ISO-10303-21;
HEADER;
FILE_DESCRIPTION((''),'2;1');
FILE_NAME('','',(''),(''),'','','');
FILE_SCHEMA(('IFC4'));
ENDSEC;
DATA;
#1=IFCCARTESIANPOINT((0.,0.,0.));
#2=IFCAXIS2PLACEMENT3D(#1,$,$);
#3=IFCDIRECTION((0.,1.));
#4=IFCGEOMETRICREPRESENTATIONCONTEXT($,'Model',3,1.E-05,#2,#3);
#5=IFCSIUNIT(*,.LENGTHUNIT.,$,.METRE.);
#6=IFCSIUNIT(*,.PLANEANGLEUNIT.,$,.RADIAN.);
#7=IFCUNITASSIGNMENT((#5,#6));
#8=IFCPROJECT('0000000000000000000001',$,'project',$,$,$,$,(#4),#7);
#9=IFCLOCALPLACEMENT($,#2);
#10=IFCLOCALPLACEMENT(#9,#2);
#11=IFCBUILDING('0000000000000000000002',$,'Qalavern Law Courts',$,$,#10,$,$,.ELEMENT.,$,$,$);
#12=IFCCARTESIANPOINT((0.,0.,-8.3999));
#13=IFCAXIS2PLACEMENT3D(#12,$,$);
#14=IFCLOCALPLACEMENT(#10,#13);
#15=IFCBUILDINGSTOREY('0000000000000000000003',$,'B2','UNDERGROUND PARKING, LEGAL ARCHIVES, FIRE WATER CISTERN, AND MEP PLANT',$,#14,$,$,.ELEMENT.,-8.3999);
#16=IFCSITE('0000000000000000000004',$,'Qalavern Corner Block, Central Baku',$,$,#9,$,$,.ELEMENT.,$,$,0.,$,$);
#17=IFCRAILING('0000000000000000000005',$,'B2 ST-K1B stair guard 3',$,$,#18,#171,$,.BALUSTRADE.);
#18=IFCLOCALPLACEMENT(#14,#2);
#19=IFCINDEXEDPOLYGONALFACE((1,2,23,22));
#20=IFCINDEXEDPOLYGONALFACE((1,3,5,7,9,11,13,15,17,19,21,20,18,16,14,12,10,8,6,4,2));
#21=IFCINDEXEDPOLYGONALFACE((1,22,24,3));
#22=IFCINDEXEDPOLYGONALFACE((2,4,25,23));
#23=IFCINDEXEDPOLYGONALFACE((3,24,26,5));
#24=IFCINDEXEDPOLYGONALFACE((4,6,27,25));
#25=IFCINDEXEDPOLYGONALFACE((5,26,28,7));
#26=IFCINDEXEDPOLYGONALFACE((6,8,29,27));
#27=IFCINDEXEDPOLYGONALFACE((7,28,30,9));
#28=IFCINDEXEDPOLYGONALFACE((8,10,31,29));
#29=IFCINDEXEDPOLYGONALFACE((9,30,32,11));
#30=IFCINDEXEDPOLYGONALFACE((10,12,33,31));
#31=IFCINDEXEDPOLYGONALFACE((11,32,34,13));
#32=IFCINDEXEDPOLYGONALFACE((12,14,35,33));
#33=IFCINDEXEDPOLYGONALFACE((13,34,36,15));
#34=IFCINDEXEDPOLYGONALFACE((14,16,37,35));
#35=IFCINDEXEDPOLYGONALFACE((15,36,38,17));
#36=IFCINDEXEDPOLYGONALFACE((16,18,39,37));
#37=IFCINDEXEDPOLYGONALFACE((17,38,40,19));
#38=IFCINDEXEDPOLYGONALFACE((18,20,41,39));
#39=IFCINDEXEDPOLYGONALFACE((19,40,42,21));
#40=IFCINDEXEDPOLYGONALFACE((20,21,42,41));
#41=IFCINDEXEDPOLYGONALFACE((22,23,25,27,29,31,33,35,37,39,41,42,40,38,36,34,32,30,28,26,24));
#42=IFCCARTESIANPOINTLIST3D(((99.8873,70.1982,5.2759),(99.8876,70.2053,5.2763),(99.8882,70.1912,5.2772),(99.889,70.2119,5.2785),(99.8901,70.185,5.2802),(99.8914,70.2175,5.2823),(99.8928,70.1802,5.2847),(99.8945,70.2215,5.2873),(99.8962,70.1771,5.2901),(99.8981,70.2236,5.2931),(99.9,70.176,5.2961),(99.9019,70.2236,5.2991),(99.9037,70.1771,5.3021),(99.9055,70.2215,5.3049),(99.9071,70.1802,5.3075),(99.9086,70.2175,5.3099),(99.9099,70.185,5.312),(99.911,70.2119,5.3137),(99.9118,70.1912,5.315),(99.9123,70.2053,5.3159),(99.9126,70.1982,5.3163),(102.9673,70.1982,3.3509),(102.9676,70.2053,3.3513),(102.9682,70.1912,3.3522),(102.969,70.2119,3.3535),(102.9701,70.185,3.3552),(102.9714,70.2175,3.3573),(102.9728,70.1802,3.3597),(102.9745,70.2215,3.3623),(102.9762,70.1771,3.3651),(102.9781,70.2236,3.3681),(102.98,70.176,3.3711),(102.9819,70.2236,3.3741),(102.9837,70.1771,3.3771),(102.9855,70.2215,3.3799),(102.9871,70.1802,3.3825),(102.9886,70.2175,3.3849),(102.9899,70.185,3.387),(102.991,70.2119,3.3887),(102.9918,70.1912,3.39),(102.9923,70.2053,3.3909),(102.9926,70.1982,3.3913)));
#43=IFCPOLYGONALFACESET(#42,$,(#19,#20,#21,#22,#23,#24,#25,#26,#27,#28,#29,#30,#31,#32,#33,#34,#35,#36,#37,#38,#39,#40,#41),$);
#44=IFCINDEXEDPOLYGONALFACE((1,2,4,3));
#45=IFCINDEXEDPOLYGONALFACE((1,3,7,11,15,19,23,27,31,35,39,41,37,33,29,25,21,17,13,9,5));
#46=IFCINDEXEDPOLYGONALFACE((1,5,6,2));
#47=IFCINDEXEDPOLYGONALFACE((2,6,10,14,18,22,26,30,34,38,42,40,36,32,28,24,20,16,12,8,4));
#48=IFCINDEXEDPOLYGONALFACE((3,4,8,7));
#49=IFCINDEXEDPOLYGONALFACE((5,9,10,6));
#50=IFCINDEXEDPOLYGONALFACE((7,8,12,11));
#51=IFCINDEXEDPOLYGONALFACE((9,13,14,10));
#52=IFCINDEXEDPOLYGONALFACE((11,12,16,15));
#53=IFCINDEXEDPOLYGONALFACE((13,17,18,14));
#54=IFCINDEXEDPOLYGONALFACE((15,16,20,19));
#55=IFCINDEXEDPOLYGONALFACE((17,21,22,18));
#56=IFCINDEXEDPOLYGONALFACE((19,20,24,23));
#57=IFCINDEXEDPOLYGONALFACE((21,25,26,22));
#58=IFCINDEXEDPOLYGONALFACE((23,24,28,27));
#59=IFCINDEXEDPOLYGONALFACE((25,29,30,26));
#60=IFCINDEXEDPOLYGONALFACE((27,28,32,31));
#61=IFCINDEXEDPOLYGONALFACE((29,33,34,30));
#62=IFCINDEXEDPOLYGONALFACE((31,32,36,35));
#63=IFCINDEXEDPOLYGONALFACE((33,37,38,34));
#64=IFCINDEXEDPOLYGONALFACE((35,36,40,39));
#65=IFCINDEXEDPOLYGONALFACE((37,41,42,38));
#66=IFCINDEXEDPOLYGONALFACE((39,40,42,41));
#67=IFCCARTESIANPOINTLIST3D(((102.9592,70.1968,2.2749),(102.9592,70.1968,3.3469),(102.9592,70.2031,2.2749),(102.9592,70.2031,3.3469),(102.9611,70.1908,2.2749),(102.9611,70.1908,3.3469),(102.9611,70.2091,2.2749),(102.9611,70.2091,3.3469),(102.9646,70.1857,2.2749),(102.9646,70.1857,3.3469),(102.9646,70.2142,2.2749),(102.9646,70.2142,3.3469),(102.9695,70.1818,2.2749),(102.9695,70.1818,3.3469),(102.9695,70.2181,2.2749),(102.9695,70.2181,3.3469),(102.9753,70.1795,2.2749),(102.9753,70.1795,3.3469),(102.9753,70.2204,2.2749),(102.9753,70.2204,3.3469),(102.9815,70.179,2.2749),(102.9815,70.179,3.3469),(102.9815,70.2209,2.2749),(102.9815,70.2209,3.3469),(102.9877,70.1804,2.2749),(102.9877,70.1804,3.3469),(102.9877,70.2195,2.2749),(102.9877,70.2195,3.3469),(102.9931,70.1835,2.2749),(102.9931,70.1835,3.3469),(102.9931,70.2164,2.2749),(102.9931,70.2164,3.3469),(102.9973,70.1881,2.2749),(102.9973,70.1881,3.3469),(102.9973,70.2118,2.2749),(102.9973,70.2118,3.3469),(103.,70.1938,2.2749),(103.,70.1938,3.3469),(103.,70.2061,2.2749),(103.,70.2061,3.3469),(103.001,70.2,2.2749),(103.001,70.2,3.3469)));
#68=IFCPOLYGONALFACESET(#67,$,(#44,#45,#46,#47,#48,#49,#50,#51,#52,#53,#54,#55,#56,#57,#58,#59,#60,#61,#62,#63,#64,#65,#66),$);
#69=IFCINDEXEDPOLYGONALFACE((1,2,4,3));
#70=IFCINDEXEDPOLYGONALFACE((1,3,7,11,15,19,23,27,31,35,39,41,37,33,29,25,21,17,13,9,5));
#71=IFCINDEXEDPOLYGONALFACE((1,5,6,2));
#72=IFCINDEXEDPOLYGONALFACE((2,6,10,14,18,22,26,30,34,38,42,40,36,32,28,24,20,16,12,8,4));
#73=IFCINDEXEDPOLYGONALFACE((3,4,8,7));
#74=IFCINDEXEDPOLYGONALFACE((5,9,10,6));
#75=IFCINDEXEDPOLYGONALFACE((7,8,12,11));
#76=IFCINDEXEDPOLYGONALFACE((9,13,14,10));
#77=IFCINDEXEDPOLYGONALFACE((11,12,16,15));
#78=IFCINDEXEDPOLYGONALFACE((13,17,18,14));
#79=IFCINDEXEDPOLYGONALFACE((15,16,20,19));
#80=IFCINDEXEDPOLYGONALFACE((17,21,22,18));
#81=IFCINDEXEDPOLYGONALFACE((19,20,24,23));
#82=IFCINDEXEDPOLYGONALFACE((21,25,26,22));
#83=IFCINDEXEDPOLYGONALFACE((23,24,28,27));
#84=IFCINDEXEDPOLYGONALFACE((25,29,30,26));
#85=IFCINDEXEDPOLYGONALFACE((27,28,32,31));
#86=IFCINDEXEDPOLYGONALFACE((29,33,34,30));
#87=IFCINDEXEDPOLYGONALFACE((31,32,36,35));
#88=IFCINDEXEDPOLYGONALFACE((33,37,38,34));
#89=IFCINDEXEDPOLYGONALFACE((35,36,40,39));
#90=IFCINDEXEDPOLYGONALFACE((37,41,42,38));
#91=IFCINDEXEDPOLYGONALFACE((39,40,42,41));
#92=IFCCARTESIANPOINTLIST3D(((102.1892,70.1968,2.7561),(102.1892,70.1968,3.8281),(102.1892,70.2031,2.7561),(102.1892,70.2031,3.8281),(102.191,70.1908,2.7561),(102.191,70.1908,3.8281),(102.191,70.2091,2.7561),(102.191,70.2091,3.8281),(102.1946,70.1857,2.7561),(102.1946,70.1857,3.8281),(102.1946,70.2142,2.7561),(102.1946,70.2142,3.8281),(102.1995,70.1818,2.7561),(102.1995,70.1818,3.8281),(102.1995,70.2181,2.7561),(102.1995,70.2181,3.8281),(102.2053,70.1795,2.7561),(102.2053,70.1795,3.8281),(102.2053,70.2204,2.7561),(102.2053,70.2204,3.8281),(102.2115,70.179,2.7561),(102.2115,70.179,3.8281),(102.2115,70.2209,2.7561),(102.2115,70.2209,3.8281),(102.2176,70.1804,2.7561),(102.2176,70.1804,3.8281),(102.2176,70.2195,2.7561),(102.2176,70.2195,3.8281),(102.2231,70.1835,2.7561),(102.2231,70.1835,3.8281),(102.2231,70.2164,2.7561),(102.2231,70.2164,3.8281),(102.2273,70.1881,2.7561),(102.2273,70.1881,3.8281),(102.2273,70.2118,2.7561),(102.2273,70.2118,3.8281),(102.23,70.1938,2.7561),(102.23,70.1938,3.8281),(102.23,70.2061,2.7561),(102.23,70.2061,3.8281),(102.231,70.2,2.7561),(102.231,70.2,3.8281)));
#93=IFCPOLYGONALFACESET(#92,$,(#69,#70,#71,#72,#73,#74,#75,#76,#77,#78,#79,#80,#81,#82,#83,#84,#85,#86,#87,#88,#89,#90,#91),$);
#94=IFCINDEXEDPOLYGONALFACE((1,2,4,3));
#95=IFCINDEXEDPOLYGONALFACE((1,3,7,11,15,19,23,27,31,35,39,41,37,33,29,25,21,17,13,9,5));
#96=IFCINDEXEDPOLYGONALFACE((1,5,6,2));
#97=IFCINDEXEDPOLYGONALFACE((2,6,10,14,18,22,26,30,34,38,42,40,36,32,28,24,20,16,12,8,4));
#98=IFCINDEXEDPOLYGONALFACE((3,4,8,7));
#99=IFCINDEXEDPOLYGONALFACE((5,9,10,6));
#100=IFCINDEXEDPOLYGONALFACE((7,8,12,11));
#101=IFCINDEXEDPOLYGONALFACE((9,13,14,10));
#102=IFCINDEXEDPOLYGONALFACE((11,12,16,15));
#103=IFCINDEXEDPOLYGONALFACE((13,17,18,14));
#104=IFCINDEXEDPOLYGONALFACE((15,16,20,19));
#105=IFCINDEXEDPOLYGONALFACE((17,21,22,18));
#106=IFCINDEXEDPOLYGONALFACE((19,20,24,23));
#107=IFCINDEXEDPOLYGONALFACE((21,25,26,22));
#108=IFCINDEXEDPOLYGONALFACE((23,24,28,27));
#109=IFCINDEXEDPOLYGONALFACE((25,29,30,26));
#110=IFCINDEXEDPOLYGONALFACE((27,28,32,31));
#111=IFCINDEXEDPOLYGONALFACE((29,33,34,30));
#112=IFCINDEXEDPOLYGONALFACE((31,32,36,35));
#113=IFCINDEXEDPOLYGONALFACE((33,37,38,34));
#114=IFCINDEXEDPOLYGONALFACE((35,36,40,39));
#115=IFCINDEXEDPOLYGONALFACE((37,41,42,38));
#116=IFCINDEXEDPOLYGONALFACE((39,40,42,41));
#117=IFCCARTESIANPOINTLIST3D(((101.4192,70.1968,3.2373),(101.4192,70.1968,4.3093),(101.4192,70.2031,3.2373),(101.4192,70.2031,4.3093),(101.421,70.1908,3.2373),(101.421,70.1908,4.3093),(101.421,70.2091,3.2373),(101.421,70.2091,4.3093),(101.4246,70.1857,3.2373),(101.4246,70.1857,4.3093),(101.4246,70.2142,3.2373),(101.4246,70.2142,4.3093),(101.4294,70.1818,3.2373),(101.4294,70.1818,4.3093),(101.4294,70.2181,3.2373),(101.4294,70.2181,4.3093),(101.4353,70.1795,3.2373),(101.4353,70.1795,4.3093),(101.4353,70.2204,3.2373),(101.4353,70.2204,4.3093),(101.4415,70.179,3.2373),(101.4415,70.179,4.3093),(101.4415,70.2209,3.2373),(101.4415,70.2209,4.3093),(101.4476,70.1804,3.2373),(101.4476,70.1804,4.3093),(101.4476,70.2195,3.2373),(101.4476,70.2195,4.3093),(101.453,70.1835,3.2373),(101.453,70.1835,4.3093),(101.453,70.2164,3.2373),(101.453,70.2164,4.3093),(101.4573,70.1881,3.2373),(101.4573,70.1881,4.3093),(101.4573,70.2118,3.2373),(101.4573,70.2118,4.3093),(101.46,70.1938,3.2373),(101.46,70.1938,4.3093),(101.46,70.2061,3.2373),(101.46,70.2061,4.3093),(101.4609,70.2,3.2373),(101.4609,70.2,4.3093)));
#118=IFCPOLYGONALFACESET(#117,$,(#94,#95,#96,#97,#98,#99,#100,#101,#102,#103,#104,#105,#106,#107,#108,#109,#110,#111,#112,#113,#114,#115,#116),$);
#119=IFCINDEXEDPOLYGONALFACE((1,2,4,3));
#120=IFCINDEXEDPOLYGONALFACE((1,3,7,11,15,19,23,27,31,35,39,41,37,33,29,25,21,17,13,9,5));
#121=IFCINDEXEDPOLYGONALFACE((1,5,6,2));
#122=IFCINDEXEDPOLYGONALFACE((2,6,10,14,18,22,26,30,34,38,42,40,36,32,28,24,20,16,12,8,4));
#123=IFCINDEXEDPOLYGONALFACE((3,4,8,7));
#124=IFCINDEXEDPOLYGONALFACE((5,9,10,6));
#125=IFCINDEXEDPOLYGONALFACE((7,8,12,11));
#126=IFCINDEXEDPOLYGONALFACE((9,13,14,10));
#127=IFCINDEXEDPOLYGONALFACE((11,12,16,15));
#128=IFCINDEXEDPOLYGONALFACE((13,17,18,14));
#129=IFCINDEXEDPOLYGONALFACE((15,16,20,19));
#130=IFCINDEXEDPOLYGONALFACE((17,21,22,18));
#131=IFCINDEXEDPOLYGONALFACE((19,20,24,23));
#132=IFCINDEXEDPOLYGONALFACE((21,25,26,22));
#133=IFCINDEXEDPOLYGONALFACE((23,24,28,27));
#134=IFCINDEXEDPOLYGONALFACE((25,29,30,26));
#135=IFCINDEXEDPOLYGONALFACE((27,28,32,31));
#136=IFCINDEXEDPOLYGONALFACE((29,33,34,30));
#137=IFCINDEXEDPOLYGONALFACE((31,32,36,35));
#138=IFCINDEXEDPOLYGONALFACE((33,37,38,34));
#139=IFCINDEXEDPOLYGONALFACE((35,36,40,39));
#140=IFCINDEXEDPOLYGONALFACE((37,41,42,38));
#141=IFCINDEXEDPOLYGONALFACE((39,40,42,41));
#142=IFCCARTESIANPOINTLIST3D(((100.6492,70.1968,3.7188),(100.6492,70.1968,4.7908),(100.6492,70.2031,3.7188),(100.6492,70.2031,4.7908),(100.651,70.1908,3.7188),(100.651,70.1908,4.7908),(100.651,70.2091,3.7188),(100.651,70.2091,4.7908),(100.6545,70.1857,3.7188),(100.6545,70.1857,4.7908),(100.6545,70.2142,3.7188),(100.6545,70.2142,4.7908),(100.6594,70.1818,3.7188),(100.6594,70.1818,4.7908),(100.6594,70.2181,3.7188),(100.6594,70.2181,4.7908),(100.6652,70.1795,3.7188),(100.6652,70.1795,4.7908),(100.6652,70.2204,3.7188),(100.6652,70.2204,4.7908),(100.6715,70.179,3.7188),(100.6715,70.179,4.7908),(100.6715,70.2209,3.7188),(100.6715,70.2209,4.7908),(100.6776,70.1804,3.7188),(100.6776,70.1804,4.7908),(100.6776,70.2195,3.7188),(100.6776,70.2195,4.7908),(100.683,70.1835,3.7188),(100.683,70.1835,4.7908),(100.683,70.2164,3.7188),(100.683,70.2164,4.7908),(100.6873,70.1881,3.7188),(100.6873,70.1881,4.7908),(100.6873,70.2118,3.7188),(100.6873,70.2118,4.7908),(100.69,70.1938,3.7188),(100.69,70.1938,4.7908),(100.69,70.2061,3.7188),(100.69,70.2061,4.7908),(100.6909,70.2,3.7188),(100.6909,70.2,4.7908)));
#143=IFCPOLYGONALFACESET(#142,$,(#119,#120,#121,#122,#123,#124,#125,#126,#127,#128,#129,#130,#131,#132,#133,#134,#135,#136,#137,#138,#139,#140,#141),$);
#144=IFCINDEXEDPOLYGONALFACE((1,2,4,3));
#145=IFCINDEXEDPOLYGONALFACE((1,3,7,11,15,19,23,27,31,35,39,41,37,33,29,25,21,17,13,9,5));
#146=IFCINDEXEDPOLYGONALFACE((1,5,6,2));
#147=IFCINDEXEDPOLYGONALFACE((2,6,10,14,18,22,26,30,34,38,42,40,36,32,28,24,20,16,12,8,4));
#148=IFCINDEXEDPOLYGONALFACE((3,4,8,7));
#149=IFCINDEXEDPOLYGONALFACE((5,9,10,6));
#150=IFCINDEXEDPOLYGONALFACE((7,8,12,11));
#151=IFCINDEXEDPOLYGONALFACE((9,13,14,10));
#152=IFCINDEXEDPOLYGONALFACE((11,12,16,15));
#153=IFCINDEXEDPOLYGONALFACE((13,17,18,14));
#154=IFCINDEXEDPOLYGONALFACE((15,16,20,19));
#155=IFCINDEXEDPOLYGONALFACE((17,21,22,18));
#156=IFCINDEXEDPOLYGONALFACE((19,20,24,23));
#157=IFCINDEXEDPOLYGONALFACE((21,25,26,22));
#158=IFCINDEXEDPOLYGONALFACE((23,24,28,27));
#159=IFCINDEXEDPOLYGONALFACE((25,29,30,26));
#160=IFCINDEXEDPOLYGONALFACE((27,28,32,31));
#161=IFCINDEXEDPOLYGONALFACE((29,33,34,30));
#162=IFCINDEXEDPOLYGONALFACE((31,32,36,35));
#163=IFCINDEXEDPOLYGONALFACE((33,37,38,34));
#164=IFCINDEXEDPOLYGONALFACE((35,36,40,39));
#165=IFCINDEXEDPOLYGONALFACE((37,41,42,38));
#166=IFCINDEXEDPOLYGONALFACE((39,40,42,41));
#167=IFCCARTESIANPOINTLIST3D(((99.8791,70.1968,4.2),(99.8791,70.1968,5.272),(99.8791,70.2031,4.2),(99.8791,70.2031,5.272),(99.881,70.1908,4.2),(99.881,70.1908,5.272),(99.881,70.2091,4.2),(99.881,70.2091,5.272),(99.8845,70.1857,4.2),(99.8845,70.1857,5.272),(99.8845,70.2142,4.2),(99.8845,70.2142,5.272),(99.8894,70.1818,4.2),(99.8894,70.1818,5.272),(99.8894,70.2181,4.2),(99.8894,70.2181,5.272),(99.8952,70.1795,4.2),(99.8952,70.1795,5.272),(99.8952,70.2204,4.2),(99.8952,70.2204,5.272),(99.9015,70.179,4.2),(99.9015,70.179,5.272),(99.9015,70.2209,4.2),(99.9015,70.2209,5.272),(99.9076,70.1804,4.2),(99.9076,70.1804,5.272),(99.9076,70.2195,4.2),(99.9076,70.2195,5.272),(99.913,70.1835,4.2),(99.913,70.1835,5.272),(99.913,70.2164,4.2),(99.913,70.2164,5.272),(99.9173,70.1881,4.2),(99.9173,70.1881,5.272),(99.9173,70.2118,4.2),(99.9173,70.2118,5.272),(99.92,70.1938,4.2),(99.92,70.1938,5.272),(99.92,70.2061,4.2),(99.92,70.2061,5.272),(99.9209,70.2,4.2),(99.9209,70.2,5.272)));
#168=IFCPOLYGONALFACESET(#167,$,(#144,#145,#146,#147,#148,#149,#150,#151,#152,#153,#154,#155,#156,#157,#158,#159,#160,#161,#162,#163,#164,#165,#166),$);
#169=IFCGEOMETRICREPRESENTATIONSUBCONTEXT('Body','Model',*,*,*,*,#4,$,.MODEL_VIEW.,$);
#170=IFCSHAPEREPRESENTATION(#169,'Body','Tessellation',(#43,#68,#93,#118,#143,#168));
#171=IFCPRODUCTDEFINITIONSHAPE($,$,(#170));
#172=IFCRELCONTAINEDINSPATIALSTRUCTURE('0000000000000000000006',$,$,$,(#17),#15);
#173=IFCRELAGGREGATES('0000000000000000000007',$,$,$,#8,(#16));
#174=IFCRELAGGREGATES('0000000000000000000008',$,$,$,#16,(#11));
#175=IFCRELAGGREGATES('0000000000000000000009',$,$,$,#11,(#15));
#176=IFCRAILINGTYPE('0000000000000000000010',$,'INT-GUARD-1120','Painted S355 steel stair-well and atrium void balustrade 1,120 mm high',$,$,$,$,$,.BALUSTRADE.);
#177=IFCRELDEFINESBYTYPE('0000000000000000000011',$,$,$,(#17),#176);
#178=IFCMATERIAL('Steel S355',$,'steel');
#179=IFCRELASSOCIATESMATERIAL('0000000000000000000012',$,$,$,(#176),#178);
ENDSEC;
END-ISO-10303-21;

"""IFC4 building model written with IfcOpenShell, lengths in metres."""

from ifc_helpers import new_model, si_unit, direction, frame, origin, origin_2d, place, context, subcontext, project, spatial, circle, extrude, material, type_object, element, save


model = new_model("IFC4")

# Units and contexts
model_context = context("Model", 3, precision=1e-05, world=origin(), true_north=direction((0.0, 1.0)))
body_context = subcontext(model_context, "Body", "Model", "MODEL_VIEW")
ifc_project = project(units=[si_unit("LENGTHUNIT", "METRE"), si_unit("PLANEANGLEUNIT", "RADIAN")], contexts=[model_context])

# Site, building, storey
site_placement = place(None, origin())
site = spatial("IfcSite", under=ifc_project, at=site_placement, Name="Qalavern Corner Block, Central Baku", CompositionType="ELEMENT", RefElevation=0.0)
building_placement = place(site_placement, origin())
building = spatial("IfcBuilding", under=site, at=building_placement, Name="Qalavern Law Courts", CompositionType="ELEMENT")
storey_placement = place(building_placement, frame((0.0, 0.0, -8.3999)))
storey = spatial("IfcBuildingStorey", under=building, at=storey_placement, Name="B2", Description="UNDERGROUND PARKING, LEGAL ARCHIVES, FIRE WATER CISTERN, AND MEP PLANT", CompositionType="ELEMENT", Elevation=-8.3999)

# Railing
ifc_material_1 = material(Name="Steel S355", Category="steel")
railing_type_1 = type_object("IfcRailingType", Name="INT-GUARD-1120", Description="Painted S355 steel stair-well and atrium void balustrade 1,120 mm high", PredefinedType="BALUSTRADE", material=ifc_material_1)
railing_1_placement = place(storey_placement, frame((102.98, 70.2, 2.2749)))
element("IfcRailing", 1, at=railing_1_placement, inside=storey, type_object=railing_type_1, Name="B2 ST-K1B stair guard 3", PredefinedType="BALUSTRADE", context=body_context, shape_type="SweptSolid", body=[
    extrude(circle(Radius=0.0239, at=origin_2d()), frame((0.0, 0.0, 1.0962), z_axis=(-0.847998, 0.0, 0.529999), x_axis=(0.0, -1.0, 0.0)), (0.0, 0.0, 1.0), 3.6321),
    extrude(circle(Radius=0.021, at=origin_2d()), origin(), (0.0, 0.0, 1.0), 1.072),
    extrude(circle(Radius=0.021, at=origin_2d()), frame((-0.77, 0.0, 0.4812)), (0.0, 0.0, 1.0), 1.072),
    extrude(circle(Radius=0.021, at=origin_2d()), frame((-1.54, 0.0, 0.9624)), (0.0, 0.0, 1.0), 1.072),
    extrude(circle(Radius=0.021, at=origin_2d()), frame((-2.3101, 0.0, 1.4438)), (0.0, 0.0, 1.0), 1.072),
    extrude(circle(Radius=0.021, at=origin_2d()), frame((-3.0801, 0.0, 1.925)), (0.0, 0.0, 1.0), 1.072),
])

save(model, "model.ifc")
